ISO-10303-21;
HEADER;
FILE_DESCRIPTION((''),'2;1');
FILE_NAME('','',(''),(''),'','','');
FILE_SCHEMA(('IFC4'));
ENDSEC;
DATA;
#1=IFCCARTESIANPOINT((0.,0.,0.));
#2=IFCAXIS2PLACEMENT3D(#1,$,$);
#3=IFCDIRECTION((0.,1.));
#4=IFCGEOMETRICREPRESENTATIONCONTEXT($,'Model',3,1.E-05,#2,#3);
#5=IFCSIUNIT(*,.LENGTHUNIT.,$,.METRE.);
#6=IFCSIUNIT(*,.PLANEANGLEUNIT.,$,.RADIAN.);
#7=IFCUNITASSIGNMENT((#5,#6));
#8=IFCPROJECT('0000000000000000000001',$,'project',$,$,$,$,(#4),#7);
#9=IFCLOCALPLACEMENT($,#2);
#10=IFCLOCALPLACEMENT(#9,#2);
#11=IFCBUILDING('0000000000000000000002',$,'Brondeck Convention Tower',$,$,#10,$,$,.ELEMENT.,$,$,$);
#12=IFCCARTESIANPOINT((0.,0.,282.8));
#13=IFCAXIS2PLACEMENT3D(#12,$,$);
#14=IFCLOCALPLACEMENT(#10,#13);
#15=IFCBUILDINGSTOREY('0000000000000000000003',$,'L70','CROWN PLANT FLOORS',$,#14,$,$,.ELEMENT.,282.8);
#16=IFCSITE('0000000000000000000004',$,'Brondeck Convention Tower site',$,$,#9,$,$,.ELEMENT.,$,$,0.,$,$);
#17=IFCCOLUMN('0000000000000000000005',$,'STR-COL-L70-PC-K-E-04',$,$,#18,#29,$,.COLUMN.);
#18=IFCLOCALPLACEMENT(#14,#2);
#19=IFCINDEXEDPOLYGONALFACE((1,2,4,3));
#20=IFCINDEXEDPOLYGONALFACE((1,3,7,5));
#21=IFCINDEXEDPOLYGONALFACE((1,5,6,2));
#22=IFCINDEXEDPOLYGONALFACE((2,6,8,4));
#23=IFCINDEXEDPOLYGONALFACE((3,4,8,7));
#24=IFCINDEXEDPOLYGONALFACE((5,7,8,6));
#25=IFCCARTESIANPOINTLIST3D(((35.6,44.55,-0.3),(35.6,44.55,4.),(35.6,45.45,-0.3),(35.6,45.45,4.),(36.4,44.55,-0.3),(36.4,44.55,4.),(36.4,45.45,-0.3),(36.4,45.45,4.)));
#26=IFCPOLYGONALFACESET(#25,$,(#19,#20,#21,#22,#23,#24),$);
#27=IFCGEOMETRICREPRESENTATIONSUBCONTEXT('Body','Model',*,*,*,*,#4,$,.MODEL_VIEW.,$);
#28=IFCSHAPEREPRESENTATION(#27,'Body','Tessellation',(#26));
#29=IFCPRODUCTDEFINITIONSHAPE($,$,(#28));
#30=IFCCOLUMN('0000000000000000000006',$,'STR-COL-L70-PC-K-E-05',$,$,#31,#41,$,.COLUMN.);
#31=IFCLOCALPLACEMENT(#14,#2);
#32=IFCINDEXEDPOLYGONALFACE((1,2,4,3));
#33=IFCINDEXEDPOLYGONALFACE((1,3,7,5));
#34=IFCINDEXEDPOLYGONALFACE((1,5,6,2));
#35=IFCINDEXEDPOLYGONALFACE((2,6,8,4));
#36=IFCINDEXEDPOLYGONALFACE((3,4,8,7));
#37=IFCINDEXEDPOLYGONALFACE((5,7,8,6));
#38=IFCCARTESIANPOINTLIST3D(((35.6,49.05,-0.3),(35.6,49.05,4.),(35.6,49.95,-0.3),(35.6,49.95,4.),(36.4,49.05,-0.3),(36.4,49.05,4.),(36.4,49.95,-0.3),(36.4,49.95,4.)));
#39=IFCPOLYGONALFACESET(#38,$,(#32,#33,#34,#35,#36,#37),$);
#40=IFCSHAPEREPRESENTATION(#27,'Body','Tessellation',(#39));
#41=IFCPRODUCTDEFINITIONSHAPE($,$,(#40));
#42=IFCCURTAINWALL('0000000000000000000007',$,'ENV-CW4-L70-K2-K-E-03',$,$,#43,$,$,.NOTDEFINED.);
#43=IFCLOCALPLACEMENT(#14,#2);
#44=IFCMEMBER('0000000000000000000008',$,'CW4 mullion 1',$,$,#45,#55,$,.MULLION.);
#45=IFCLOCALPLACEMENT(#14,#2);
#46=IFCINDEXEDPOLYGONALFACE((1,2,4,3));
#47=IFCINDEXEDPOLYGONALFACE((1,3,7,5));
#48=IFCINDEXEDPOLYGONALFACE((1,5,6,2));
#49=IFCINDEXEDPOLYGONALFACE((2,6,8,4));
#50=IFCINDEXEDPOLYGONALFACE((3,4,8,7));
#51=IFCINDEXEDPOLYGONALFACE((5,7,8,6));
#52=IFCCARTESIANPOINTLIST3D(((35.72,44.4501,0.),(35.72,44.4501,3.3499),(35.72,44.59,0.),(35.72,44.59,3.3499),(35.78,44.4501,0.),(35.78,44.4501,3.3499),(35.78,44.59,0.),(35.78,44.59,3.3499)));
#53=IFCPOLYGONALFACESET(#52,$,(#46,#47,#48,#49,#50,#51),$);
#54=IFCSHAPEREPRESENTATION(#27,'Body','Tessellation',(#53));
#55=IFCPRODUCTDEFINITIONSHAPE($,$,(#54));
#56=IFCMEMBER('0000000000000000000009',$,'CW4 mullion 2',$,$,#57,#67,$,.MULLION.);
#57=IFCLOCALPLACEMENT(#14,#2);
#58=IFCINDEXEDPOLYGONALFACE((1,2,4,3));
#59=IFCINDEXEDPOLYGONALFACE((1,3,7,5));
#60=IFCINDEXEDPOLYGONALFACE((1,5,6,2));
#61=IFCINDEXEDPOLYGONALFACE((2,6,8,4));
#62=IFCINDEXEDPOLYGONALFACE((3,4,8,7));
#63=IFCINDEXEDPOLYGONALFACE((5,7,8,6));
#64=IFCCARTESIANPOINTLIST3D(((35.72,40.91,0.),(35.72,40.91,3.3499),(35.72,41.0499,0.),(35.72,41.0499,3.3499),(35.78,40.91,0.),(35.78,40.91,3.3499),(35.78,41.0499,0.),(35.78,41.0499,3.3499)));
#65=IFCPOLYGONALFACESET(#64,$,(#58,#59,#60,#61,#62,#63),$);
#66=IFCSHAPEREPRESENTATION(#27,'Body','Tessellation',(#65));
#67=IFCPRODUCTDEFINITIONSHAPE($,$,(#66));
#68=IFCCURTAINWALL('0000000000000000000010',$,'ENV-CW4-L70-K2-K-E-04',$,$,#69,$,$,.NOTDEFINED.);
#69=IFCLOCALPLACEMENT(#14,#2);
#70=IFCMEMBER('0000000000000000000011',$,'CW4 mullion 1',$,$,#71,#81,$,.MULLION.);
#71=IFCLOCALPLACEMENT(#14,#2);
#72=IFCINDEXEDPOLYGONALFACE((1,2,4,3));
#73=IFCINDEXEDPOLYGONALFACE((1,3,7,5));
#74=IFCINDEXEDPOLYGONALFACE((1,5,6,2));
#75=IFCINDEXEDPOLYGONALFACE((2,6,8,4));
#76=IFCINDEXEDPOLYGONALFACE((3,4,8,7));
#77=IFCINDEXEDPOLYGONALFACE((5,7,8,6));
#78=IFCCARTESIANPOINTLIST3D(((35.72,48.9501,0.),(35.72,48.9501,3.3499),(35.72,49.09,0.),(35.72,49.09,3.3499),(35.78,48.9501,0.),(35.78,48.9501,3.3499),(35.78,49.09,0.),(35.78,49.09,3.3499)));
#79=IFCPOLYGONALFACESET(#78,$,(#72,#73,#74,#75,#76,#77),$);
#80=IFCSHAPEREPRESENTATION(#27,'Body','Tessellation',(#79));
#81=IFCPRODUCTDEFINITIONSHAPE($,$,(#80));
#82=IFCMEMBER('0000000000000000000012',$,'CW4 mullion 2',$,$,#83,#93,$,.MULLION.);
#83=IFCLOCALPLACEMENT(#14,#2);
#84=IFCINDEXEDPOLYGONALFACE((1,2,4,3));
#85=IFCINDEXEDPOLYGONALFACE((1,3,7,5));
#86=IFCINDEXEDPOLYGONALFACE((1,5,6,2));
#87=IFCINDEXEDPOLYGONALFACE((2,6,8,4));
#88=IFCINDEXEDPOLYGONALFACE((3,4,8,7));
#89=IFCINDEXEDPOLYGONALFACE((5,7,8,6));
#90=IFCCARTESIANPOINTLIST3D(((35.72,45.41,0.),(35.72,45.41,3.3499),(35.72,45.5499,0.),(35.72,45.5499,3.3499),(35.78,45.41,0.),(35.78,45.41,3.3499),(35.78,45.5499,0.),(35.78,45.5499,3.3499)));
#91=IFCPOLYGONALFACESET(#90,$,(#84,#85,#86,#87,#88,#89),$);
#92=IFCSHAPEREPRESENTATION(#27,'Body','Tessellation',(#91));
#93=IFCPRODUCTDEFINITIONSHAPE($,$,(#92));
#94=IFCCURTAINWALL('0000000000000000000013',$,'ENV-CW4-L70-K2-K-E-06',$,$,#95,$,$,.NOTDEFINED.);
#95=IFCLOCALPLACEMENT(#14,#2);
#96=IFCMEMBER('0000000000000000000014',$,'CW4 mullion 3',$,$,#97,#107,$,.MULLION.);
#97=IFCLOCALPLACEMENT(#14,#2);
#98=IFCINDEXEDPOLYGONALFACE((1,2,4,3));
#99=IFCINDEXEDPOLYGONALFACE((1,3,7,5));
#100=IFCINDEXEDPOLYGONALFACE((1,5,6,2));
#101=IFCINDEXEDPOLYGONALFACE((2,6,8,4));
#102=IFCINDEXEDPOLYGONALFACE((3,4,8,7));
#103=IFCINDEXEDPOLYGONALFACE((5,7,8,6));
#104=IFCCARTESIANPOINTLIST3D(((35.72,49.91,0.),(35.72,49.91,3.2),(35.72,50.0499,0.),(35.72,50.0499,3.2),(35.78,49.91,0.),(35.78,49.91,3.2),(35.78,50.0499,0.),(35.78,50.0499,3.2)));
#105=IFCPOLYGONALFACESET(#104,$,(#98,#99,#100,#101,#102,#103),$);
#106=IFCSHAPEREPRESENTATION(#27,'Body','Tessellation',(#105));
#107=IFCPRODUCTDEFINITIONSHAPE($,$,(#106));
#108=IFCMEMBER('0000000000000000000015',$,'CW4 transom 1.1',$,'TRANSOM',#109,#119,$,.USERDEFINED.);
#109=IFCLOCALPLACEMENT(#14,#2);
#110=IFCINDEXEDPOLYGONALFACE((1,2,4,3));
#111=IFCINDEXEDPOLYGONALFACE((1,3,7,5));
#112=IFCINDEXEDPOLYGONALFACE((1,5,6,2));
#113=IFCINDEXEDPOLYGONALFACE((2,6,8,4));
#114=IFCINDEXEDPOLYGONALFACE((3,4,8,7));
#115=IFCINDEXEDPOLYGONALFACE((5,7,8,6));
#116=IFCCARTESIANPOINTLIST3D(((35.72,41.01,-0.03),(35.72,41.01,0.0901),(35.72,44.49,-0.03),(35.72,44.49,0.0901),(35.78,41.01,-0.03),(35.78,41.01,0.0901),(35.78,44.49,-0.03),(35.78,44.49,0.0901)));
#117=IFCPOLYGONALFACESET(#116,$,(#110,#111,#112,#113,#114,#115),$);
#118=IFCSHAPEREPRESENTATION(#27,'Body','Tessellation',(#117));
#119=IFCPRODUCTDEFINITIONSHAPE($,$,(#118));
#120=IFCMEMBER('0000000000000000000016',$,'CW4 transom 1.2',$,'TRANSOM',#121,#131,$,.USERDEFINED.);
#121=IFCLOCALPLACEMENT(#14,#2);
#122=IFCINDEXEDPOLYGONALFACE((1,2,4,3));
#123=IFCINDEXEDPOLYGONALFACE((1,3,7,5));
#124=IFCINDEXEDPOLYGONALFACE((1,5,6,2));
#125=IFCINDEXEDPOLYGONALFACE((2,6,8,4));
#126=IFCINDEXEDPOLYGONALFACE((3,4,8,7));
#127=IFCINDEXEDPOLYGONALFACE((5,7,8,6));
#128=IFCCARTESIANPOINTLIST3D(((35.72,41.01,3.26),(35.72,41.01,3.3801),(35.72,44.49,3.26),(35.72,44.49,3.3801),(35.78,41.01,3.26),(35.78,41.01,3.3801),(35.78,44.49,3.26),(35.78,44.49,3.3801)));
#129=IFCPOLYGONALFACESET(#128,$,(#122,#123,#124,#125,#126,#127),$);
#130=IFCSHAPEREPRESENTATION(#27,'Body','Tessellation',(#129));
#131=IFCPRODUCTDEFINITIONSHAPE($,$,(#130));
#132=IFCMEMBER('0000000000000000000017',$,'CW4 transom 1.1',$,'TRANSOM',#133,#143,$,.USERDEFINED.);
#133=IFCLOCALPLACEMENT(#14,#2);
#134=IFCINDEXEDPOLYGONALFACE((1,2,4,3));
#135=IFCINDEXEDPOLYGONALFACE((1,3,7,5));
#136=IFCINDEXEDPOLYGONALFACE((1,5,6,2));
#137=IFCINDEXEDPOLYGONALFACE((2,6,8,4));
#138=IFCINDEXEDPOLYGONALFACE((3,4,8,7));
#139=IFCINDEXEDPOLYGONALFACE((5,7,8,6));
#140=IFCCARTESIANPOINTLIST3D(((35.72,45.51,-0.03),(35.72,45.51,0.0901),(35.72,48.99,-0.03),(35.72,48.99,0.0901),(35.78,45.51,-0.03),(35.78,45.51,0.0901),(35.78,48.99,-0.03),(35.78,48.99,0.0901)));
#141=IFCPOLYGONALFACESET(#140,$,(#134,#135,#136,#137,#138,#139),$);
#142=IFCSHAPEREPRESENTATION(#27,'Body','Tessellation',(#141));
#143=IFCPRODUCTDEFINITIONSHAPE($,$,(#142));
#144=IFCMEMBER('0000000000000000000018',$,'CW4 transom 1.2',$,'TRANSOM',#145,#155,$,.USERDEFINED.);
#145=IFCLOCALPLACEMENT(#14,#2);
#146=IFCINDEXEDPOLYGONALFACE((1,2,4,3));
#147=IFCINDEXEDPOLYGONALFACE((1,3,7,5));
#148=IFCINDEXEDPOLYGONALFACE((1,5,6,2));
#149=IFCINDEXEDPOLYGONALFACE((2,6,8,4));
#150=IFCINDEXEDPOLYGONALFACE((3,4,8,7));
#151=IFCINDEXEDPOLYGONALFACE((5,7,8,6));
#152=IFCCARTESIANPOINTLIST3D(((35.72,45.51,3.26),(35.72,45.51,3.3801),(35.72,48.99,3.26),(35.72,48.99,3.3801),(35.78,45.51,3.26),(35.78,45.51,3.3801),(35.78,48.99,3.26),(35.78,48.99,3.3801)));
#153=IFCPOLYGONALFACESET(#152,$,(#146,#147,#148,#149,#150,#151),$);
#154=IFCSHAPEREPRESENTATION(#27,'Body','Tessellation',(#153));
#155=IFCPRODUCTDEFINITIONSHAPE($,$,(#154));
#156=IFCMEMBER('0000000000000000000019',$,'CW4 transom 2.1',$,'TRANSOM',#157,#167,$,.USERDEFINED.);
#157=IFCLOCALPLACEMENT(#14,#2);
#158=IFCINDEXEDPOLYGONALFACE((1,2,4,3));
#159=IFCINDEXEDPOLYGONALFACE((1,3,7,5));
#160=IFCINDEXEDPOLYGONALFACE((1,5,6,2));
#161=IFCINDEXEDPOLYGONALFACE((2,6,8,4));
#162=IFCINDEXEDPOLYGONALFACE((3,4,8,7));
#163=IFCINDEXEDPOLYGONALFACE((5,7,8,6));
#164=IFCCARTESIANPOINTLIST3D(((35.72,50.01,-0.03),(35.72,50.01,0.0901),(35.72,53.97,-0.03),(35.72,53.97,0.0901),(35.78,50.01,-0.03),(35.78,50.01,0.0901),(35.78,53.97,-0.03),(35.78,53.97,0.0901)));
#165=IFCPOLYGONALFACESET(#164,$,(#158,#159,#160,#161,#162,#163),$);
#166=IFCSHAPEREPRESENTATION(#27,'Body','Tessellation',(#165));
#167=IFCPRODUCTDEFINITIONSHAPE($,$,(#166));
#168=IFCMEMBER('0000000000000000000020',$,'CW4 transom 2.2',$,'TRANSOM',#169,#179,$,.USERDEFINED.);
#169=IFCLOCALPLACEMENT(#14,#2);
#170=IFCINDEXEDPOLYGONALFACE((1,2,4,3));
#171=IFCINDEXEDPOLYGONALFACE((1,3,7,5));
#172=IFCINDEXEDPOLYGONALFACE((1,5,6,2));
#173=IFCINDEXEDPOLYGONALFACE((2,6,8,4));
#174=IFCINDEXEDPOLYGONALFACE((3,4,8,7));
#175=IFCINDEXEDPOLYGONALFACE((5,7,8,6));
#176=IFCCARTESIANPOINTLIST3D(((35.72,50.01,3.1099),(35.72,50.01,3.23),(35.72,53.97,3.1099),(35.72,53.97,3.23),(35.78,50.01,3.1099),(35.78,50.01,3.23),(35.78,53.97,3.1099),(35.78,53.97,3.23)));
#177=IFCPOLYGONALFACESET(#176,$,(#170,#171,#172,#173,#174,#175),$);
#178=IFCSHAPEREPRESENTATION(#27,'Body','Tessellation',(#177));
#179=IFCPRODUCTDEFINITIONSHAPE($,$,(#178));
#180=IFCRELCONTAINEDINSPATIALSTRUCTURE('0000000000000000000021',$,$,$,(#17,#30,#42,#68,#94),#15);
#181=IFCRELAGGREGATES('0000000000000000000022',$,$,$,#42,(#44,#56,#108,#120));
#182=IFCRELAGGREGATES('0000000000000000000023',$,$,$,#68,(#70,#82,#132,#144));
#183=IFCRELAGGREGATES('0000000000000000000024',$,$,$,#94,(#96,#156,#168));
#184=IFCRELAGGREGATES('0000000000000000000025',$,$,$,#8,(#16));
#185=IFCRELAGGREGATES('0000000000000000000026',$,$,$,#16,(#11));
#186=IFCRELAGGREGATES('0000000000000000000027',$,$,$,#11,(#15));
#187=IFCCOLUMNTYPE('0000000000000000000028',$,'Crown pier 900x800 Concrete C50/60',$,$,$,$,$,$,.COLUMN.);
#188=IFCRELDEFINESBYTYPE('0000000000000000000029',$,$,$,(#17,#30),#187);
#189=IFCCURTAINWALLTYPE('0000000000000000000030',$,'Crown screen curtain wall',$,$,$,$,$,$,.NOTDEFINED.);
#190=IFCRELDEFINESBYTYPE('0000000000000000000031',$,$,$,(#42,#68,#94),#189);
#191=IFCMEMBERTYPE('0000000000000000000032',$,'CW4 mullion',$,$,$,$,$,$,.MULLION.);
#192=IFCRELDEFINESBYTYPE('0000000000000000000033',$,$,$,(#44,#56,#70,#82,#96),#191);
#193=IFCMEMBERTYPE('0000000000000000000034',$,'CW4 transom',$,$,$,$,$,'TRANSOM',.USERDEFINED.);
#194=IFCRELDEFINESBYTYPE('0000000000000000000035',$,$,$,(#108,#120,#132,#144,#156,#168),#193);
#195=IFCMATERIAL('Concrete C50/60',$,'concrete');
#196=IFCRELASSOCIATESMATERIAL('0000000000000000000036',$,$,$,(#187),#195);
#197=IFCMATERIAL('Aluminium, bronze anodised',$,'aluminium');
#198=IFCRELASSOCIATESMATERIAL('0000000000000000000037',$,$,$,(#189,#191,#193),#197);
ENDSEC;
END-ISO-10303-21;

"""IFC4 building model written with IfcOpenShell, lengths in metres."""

from ifc_helpers import new_model, si_unit, direction, frame, origin, origin_2d, place, context, subcontext, project, spatial, rectangle, extrude, material, material_profile, profile_set, type_object, element, aggregate, save


model = new_model("IFC4")

# Units and contexts
model_context = context("Model", 3, precision=1e-05, world=origin(), true_north=direction((0.0, 1.0)))
body_context = subcontext(model_context, "Body", "Model", "MODEL_VIEW")
ifc_project = project(units=[si_unit("LENGTHUNIT", "METRE"), si_unit("PLANEANGLEUNIT", "RADIAN")], contexts=[model_context])

# Site, building, storey
site_placement = place(None, origin())
site = spatial("IfcSite", under=ifc_project, at=site_placement, Name="Brondeck Convention Tower site", CompositionType="ELEMENT", RefElevation=0.0)
building_placement = place(site_placement, origin())
building = spatial("IfcBuilding", under=site, at=building_placement, Name="Brondeck Convention Tower", CompositionType="ELEMENT")
storey_placement = place(building_placement, frame((0.0, 0.0, 282.8)))
storey = spatial("IfcBuildingStorey", under=building, at=storey_placement, Name="L70", Description="CROWN PLANT FLOORS", CompositionType="ELEMENT", Elevation=282.8)

# Columns
ifc_material_1 = material(Name="Concrete C50/60", Category="concrete")
ifc_material_profile_1 = material_profile(ifc_material_1, rectangle(XDim=0.8999, YDim=0.8, at=origin_2d()), Name="Crown pier 900x800 Concrete C50/60")
ifc_profile_set_1 = profile_set([ifc_material_profile_1], Name="Concrete C50/60")
column_type = type_object("IfcColumnType", Name="Crown pier 900x800 Concrete C50/60", PredefinedType="COLUMN", material=ifc_profile_set_1)
for number, where, z_axis, x_axis, name in (
    (1, (36.0, 45.0, -0.3), (0.0, 0.0, 1.0), (0.0, 1.0, 0.0), "STR-COL-L70-PC-K-E-04"),
    (2, (36.0, 49.5, -0.3), (0.0, 0.0, 1.0), (0.0, 1.0, 0.0), "STR-COL-L70-PC-K-E-05"),
):
    element("IfcColumn", number, at=place(storey_placement, frame(where, z_axis=z_axis, x_axis=x_axis)), inside=storey, type_object=column_type, Name=name, PredefinedType="COLUMN", context=body_context, shape_type="SweptSolid", body=[
        extrude(rectangle(XDim=0.8999, YDim=0.8, at=origin_2d()), origin(), (0.0, 0.0, 1.0), 4.3),
    ])

# Curtain walls, members
ifc_material_2 = material(Name="Aluminium, bronze anodised", Category="aluminium")
curtain_wall_type = type_object("IfcCurtainWallType", Name="Crown screen curtain wall", PredefinedType="NOTDEFINED", material=ifc_material_2)
curtain_wall_1_placement = place(storey_placement, origin())
curtain_wall_1 = element("IfcCurtainWall", 3, at=curtain_wall_1_placement, inside=storey, type_object=curtain_wall_type, Name="ENV-CW4-L70-K2-K-E-03", PredefinedType="NOTDEFINED")
ifc_material_profile_2 = material_profile(ifc_material_2, rectangle(XDim=0.0601, YDim=0.1399, at=origin_2d()), Name="CW4 mullion")
ifc_profile_set_2 = profile_set([ifc_material_profile_2], Name="Aluminium, bronze anodised")
member_type_1 = type_object("IfcMemberType", Name="CW4 mullion", PredefinedType="MULLION", material=ifc_profile_set_2)
member_1_placement = place(storey_placement, frame((35.75, 44.52, 0.0), z_axis=(0.0, 0.0, 1.0), x_axis=(1.0, 0.0, 0.0)))
member_1 = element("IfcMember", 4, at=member_1_placement, type_object=member_type_1, Name="CW4 mullion 1", PredefinedType="MULLION", context=body_context, shape_type="SweptSolid", body=[
    extrude(rectangle(XDim=0.0601, YDim=0.1399, at=origin_2d()), origin(), (0.0, 0.0, 1.0), 3.3499),
])
member_2_placement = place(storey_placement, frame((35.75, 40.98, 0.0), z_axis=(0.0, 0.0, 1.0), x_axis=(1.0, 0.0, 0.0)))
member_2 = element("IfcMember", 5, at=member_2_placement, type_object=member_type_1, Name="CW4 mullion 2", PredefinedType="MULLION", context=body_context, shape_type="SweptSolid", body=[
    extrude(rectangle(XDim=0.0601, YDim=0.1399, at=origin_2d()), origin(), (0.0, 0.0, 1.0), 3.3499),
])
curtain_wall_2_placement = place(storey_placement, origin())
curtain_wall_2 = element("IfcCurtainWall", 6, at=curtain_wall_2_placement, inside=storey, type_object=curtain_wall_type, Name="ENV-CW4-L70-K2-K-E-04", PredefinedType="NOTDEFINED")
member_3_placement = place(storey_placement, frame((35.75, 49.02, 0.0), z_axis=(0.0, 0.0, 1.0), x_axis=(1.0, 0.0, 0.0)))
member_3 = element("IfcMember", 7, at=member_3_placement, type_object=member_type_1, Name="CW4 mullion 1", PredefinedType="MULLION", context=body_context, shape_type="SweptSolid", body=[
    extrude(rectangle(XDim=0.0601, YDim=0.1399, at=origin_2d()), origin(), (0.0, 0.0, 1.0), 3.3499),
])
member_4_placement = place(storey_placement, frame((35.75, 45.48, 0.0), z_axis=(0.0, 0.0, 1.0), x_axis=(1.0, 0.0, 0.0)))
member_4 = element("IfcMember", 8, at=member_4_placement, type_object=member_type_1, Name="CW4 mullion 2", PredefinedType="MULLION", context=body_context, shape_type="SweptSolid", body=[
    extrude(rectangle(XDim=0.0601, YDim=0.1399, at=origin_2d()), origin(), (0.0, 0.0, 1.0), 3.3499),
])

# Curtain wall, member
curtain_wall_3_placement = place(storey_placement, origin())
curtain_wall_3 = element("IfcCurtainWall", 9, at=curtain_wall_3_placement, inside=storey, type_object=curtain_wall_type, Name="ENV-CW4-L70-K2-K-E-06", PredefinedType="NOTDEFINED")
member_5_placement = place(storey_placement, frame((35.75, 49.98, 0.0), z_axis=(0.0, 0.0, 1.0), x_axis=(1.0, 0.0, 0.0)))
member_5 = element("IfcMember", 10, at=member_5_placement, type_object=member_type_1, Name="CW4 mullion 3", PredefinedType="MULLION", context=body_context, shape_type="SweptSolid", body=[
    extrude(rectangle(XDim=0.0601, YDim=0.1399, at=origin_2d()), origin(), (0.0, 0.0, 1.0), 3.2),
])

# Members
ifc_material_profile_3 = material_profile(ifc_material_2, rectangle(XDim=0.0601, YDim=0.1201, at=origin_2d()), Name="CW4 transom")
ifc_profile_set_3 = profile_set([ifc_material_profile_3], Name="Aluminium, bronze anodised")
member_type_2 = type_object("IfcMemberType", Name="CW4 transom", ElementType="TRANSOM", PredefinedType="USERDEFINED", material=ifc_profile_set_3)
member_6_placement = place(storey_placement, frame((35.75, 44.49, 0.03), z_axis=(0.0, -1.0, 0.0), x_axis=(1.0, 0.0, 0.0)))
member_6 = element("IfcMember", 11, at=member_6_placement, type_object=member_type_2, Name="CW4 transom 1.1", ObjectType="TRANSOM", PredefinedType="USERDEFINED", context=body_context, shape_type="SweptSolid", body=[
    extrude(rectangle(XDim=0.0601, YDim=0.1201, at=origin_2d()), origin(), (0.0, 0.0, 1.0), 3.48),
])
member_7_placement = place(storey_placement, frame((35.75, 44.49, 3.3201), z_axis=(0.0, -1.0, 0.0), x_axis=(1.0, 0.0, 0.0)))
member_7 = element("IfcMember", 12, at=member_7_placement, type_object=member_type_2, Name="CW4 transom 1.2", ObjectType="TRANSOM", PredefinedType="USERDEFINED", context=body_context, shape_type="SweptSolid", body=[
    extrude(rectangle(XDim=0.0601, YDim=0.1201, at=origin_2d()), origin(), (0.0, 0.0, 1.0), 3.48),
])
member_8_placement = place(storey_placement, frame((35.75, 48.99, 0.03), z_axis=(0.0, -1.0, 0.0), x_axis=(1.0, 0.0, 0.0)))
member_8 = element("IfcMember", 13, at=member_8_placement, type_object=member_type_2, Name="CW4 transom 1.1", ObjectType="TRANSOM", PredefinedType="USERDEFINED", context=body_context, shape_type="SweptSolid", body=[
    extrude(rectangle(XDim=0.0601, YDim=0.1201, at=origin_2d()), origin(), (0.0, 0.0, 1.0), 3.48),
])
member_9_placement = place(storey_placement, frame((35.75, 48.99, 3.3201), z_axis=(0.0, -1.0, 0.0), x_axis=(1.0, 0.0, 0.0)))
member_9 = element("IfcMember", 14, at=member_9_placement, type_object=member_type_2, Name="CW4 transom 1.2", ObjectType="TRANSOM", PredefinedType="USERDEFINED", context=body_context, shape_type="SweptSolid", body=[
    extrude(rectangle(XDim=0.0601, YDim=0.1201, at=origin_2d()), origin(), (0.0, 0.0, 1.0), 3.48),
])
member_10_placement = place(storey_placement, frame((35.75, 53.97, 0.03), z_axis=(0.0, -1.0, 0.0), x_axis=(1.0, 0.0, 0.0)))
member_10 = element("IfcMember", 15, at=member_10_placement, type_object=member_type_2, Name="CW4 transom 2.1", ObjectType="TRANSOM", PredefinedType="USERDEFINED", context=body_context, shape_type="SweptSolid", body=[
    extrude(rectangle(XDim=0.0601, YDim=0.1201, at=origin_2d()), origin(), (0.0, 0.0, 1.0), 3.96),
])
member_11_placement = place(storey_placement, frame((35.75, 53.97, 3.1699), z_axis=(0.0, -1.0, 0.0), x_axis=(1.0, 0.0, 0.0)))
member_11 = element("IfcMember", 16, at=member_11_placement, type_object=member_type_2, Name="CW4 transom 2.2", ObjectType="TRANSOM", PredefinedType="USERDEFINED", context=body_context, shape_type="SweptSolid", body=[
    extrude(rectangle(XDim=0.0601, YDim=0.1201, at=origin_2d()), origin(), (0.0, 0.0, 1.0), 3.96),
])

aggregate(curtain_wall_1, [member_1, member_2, member_6, member_7])
aggregate(curtain_wall_2, [member_3, member_4, member_8, member_9])
aggregate(curtain_wall_3, [member_5, member_10, member_11])

save(model, "model.ifc")
